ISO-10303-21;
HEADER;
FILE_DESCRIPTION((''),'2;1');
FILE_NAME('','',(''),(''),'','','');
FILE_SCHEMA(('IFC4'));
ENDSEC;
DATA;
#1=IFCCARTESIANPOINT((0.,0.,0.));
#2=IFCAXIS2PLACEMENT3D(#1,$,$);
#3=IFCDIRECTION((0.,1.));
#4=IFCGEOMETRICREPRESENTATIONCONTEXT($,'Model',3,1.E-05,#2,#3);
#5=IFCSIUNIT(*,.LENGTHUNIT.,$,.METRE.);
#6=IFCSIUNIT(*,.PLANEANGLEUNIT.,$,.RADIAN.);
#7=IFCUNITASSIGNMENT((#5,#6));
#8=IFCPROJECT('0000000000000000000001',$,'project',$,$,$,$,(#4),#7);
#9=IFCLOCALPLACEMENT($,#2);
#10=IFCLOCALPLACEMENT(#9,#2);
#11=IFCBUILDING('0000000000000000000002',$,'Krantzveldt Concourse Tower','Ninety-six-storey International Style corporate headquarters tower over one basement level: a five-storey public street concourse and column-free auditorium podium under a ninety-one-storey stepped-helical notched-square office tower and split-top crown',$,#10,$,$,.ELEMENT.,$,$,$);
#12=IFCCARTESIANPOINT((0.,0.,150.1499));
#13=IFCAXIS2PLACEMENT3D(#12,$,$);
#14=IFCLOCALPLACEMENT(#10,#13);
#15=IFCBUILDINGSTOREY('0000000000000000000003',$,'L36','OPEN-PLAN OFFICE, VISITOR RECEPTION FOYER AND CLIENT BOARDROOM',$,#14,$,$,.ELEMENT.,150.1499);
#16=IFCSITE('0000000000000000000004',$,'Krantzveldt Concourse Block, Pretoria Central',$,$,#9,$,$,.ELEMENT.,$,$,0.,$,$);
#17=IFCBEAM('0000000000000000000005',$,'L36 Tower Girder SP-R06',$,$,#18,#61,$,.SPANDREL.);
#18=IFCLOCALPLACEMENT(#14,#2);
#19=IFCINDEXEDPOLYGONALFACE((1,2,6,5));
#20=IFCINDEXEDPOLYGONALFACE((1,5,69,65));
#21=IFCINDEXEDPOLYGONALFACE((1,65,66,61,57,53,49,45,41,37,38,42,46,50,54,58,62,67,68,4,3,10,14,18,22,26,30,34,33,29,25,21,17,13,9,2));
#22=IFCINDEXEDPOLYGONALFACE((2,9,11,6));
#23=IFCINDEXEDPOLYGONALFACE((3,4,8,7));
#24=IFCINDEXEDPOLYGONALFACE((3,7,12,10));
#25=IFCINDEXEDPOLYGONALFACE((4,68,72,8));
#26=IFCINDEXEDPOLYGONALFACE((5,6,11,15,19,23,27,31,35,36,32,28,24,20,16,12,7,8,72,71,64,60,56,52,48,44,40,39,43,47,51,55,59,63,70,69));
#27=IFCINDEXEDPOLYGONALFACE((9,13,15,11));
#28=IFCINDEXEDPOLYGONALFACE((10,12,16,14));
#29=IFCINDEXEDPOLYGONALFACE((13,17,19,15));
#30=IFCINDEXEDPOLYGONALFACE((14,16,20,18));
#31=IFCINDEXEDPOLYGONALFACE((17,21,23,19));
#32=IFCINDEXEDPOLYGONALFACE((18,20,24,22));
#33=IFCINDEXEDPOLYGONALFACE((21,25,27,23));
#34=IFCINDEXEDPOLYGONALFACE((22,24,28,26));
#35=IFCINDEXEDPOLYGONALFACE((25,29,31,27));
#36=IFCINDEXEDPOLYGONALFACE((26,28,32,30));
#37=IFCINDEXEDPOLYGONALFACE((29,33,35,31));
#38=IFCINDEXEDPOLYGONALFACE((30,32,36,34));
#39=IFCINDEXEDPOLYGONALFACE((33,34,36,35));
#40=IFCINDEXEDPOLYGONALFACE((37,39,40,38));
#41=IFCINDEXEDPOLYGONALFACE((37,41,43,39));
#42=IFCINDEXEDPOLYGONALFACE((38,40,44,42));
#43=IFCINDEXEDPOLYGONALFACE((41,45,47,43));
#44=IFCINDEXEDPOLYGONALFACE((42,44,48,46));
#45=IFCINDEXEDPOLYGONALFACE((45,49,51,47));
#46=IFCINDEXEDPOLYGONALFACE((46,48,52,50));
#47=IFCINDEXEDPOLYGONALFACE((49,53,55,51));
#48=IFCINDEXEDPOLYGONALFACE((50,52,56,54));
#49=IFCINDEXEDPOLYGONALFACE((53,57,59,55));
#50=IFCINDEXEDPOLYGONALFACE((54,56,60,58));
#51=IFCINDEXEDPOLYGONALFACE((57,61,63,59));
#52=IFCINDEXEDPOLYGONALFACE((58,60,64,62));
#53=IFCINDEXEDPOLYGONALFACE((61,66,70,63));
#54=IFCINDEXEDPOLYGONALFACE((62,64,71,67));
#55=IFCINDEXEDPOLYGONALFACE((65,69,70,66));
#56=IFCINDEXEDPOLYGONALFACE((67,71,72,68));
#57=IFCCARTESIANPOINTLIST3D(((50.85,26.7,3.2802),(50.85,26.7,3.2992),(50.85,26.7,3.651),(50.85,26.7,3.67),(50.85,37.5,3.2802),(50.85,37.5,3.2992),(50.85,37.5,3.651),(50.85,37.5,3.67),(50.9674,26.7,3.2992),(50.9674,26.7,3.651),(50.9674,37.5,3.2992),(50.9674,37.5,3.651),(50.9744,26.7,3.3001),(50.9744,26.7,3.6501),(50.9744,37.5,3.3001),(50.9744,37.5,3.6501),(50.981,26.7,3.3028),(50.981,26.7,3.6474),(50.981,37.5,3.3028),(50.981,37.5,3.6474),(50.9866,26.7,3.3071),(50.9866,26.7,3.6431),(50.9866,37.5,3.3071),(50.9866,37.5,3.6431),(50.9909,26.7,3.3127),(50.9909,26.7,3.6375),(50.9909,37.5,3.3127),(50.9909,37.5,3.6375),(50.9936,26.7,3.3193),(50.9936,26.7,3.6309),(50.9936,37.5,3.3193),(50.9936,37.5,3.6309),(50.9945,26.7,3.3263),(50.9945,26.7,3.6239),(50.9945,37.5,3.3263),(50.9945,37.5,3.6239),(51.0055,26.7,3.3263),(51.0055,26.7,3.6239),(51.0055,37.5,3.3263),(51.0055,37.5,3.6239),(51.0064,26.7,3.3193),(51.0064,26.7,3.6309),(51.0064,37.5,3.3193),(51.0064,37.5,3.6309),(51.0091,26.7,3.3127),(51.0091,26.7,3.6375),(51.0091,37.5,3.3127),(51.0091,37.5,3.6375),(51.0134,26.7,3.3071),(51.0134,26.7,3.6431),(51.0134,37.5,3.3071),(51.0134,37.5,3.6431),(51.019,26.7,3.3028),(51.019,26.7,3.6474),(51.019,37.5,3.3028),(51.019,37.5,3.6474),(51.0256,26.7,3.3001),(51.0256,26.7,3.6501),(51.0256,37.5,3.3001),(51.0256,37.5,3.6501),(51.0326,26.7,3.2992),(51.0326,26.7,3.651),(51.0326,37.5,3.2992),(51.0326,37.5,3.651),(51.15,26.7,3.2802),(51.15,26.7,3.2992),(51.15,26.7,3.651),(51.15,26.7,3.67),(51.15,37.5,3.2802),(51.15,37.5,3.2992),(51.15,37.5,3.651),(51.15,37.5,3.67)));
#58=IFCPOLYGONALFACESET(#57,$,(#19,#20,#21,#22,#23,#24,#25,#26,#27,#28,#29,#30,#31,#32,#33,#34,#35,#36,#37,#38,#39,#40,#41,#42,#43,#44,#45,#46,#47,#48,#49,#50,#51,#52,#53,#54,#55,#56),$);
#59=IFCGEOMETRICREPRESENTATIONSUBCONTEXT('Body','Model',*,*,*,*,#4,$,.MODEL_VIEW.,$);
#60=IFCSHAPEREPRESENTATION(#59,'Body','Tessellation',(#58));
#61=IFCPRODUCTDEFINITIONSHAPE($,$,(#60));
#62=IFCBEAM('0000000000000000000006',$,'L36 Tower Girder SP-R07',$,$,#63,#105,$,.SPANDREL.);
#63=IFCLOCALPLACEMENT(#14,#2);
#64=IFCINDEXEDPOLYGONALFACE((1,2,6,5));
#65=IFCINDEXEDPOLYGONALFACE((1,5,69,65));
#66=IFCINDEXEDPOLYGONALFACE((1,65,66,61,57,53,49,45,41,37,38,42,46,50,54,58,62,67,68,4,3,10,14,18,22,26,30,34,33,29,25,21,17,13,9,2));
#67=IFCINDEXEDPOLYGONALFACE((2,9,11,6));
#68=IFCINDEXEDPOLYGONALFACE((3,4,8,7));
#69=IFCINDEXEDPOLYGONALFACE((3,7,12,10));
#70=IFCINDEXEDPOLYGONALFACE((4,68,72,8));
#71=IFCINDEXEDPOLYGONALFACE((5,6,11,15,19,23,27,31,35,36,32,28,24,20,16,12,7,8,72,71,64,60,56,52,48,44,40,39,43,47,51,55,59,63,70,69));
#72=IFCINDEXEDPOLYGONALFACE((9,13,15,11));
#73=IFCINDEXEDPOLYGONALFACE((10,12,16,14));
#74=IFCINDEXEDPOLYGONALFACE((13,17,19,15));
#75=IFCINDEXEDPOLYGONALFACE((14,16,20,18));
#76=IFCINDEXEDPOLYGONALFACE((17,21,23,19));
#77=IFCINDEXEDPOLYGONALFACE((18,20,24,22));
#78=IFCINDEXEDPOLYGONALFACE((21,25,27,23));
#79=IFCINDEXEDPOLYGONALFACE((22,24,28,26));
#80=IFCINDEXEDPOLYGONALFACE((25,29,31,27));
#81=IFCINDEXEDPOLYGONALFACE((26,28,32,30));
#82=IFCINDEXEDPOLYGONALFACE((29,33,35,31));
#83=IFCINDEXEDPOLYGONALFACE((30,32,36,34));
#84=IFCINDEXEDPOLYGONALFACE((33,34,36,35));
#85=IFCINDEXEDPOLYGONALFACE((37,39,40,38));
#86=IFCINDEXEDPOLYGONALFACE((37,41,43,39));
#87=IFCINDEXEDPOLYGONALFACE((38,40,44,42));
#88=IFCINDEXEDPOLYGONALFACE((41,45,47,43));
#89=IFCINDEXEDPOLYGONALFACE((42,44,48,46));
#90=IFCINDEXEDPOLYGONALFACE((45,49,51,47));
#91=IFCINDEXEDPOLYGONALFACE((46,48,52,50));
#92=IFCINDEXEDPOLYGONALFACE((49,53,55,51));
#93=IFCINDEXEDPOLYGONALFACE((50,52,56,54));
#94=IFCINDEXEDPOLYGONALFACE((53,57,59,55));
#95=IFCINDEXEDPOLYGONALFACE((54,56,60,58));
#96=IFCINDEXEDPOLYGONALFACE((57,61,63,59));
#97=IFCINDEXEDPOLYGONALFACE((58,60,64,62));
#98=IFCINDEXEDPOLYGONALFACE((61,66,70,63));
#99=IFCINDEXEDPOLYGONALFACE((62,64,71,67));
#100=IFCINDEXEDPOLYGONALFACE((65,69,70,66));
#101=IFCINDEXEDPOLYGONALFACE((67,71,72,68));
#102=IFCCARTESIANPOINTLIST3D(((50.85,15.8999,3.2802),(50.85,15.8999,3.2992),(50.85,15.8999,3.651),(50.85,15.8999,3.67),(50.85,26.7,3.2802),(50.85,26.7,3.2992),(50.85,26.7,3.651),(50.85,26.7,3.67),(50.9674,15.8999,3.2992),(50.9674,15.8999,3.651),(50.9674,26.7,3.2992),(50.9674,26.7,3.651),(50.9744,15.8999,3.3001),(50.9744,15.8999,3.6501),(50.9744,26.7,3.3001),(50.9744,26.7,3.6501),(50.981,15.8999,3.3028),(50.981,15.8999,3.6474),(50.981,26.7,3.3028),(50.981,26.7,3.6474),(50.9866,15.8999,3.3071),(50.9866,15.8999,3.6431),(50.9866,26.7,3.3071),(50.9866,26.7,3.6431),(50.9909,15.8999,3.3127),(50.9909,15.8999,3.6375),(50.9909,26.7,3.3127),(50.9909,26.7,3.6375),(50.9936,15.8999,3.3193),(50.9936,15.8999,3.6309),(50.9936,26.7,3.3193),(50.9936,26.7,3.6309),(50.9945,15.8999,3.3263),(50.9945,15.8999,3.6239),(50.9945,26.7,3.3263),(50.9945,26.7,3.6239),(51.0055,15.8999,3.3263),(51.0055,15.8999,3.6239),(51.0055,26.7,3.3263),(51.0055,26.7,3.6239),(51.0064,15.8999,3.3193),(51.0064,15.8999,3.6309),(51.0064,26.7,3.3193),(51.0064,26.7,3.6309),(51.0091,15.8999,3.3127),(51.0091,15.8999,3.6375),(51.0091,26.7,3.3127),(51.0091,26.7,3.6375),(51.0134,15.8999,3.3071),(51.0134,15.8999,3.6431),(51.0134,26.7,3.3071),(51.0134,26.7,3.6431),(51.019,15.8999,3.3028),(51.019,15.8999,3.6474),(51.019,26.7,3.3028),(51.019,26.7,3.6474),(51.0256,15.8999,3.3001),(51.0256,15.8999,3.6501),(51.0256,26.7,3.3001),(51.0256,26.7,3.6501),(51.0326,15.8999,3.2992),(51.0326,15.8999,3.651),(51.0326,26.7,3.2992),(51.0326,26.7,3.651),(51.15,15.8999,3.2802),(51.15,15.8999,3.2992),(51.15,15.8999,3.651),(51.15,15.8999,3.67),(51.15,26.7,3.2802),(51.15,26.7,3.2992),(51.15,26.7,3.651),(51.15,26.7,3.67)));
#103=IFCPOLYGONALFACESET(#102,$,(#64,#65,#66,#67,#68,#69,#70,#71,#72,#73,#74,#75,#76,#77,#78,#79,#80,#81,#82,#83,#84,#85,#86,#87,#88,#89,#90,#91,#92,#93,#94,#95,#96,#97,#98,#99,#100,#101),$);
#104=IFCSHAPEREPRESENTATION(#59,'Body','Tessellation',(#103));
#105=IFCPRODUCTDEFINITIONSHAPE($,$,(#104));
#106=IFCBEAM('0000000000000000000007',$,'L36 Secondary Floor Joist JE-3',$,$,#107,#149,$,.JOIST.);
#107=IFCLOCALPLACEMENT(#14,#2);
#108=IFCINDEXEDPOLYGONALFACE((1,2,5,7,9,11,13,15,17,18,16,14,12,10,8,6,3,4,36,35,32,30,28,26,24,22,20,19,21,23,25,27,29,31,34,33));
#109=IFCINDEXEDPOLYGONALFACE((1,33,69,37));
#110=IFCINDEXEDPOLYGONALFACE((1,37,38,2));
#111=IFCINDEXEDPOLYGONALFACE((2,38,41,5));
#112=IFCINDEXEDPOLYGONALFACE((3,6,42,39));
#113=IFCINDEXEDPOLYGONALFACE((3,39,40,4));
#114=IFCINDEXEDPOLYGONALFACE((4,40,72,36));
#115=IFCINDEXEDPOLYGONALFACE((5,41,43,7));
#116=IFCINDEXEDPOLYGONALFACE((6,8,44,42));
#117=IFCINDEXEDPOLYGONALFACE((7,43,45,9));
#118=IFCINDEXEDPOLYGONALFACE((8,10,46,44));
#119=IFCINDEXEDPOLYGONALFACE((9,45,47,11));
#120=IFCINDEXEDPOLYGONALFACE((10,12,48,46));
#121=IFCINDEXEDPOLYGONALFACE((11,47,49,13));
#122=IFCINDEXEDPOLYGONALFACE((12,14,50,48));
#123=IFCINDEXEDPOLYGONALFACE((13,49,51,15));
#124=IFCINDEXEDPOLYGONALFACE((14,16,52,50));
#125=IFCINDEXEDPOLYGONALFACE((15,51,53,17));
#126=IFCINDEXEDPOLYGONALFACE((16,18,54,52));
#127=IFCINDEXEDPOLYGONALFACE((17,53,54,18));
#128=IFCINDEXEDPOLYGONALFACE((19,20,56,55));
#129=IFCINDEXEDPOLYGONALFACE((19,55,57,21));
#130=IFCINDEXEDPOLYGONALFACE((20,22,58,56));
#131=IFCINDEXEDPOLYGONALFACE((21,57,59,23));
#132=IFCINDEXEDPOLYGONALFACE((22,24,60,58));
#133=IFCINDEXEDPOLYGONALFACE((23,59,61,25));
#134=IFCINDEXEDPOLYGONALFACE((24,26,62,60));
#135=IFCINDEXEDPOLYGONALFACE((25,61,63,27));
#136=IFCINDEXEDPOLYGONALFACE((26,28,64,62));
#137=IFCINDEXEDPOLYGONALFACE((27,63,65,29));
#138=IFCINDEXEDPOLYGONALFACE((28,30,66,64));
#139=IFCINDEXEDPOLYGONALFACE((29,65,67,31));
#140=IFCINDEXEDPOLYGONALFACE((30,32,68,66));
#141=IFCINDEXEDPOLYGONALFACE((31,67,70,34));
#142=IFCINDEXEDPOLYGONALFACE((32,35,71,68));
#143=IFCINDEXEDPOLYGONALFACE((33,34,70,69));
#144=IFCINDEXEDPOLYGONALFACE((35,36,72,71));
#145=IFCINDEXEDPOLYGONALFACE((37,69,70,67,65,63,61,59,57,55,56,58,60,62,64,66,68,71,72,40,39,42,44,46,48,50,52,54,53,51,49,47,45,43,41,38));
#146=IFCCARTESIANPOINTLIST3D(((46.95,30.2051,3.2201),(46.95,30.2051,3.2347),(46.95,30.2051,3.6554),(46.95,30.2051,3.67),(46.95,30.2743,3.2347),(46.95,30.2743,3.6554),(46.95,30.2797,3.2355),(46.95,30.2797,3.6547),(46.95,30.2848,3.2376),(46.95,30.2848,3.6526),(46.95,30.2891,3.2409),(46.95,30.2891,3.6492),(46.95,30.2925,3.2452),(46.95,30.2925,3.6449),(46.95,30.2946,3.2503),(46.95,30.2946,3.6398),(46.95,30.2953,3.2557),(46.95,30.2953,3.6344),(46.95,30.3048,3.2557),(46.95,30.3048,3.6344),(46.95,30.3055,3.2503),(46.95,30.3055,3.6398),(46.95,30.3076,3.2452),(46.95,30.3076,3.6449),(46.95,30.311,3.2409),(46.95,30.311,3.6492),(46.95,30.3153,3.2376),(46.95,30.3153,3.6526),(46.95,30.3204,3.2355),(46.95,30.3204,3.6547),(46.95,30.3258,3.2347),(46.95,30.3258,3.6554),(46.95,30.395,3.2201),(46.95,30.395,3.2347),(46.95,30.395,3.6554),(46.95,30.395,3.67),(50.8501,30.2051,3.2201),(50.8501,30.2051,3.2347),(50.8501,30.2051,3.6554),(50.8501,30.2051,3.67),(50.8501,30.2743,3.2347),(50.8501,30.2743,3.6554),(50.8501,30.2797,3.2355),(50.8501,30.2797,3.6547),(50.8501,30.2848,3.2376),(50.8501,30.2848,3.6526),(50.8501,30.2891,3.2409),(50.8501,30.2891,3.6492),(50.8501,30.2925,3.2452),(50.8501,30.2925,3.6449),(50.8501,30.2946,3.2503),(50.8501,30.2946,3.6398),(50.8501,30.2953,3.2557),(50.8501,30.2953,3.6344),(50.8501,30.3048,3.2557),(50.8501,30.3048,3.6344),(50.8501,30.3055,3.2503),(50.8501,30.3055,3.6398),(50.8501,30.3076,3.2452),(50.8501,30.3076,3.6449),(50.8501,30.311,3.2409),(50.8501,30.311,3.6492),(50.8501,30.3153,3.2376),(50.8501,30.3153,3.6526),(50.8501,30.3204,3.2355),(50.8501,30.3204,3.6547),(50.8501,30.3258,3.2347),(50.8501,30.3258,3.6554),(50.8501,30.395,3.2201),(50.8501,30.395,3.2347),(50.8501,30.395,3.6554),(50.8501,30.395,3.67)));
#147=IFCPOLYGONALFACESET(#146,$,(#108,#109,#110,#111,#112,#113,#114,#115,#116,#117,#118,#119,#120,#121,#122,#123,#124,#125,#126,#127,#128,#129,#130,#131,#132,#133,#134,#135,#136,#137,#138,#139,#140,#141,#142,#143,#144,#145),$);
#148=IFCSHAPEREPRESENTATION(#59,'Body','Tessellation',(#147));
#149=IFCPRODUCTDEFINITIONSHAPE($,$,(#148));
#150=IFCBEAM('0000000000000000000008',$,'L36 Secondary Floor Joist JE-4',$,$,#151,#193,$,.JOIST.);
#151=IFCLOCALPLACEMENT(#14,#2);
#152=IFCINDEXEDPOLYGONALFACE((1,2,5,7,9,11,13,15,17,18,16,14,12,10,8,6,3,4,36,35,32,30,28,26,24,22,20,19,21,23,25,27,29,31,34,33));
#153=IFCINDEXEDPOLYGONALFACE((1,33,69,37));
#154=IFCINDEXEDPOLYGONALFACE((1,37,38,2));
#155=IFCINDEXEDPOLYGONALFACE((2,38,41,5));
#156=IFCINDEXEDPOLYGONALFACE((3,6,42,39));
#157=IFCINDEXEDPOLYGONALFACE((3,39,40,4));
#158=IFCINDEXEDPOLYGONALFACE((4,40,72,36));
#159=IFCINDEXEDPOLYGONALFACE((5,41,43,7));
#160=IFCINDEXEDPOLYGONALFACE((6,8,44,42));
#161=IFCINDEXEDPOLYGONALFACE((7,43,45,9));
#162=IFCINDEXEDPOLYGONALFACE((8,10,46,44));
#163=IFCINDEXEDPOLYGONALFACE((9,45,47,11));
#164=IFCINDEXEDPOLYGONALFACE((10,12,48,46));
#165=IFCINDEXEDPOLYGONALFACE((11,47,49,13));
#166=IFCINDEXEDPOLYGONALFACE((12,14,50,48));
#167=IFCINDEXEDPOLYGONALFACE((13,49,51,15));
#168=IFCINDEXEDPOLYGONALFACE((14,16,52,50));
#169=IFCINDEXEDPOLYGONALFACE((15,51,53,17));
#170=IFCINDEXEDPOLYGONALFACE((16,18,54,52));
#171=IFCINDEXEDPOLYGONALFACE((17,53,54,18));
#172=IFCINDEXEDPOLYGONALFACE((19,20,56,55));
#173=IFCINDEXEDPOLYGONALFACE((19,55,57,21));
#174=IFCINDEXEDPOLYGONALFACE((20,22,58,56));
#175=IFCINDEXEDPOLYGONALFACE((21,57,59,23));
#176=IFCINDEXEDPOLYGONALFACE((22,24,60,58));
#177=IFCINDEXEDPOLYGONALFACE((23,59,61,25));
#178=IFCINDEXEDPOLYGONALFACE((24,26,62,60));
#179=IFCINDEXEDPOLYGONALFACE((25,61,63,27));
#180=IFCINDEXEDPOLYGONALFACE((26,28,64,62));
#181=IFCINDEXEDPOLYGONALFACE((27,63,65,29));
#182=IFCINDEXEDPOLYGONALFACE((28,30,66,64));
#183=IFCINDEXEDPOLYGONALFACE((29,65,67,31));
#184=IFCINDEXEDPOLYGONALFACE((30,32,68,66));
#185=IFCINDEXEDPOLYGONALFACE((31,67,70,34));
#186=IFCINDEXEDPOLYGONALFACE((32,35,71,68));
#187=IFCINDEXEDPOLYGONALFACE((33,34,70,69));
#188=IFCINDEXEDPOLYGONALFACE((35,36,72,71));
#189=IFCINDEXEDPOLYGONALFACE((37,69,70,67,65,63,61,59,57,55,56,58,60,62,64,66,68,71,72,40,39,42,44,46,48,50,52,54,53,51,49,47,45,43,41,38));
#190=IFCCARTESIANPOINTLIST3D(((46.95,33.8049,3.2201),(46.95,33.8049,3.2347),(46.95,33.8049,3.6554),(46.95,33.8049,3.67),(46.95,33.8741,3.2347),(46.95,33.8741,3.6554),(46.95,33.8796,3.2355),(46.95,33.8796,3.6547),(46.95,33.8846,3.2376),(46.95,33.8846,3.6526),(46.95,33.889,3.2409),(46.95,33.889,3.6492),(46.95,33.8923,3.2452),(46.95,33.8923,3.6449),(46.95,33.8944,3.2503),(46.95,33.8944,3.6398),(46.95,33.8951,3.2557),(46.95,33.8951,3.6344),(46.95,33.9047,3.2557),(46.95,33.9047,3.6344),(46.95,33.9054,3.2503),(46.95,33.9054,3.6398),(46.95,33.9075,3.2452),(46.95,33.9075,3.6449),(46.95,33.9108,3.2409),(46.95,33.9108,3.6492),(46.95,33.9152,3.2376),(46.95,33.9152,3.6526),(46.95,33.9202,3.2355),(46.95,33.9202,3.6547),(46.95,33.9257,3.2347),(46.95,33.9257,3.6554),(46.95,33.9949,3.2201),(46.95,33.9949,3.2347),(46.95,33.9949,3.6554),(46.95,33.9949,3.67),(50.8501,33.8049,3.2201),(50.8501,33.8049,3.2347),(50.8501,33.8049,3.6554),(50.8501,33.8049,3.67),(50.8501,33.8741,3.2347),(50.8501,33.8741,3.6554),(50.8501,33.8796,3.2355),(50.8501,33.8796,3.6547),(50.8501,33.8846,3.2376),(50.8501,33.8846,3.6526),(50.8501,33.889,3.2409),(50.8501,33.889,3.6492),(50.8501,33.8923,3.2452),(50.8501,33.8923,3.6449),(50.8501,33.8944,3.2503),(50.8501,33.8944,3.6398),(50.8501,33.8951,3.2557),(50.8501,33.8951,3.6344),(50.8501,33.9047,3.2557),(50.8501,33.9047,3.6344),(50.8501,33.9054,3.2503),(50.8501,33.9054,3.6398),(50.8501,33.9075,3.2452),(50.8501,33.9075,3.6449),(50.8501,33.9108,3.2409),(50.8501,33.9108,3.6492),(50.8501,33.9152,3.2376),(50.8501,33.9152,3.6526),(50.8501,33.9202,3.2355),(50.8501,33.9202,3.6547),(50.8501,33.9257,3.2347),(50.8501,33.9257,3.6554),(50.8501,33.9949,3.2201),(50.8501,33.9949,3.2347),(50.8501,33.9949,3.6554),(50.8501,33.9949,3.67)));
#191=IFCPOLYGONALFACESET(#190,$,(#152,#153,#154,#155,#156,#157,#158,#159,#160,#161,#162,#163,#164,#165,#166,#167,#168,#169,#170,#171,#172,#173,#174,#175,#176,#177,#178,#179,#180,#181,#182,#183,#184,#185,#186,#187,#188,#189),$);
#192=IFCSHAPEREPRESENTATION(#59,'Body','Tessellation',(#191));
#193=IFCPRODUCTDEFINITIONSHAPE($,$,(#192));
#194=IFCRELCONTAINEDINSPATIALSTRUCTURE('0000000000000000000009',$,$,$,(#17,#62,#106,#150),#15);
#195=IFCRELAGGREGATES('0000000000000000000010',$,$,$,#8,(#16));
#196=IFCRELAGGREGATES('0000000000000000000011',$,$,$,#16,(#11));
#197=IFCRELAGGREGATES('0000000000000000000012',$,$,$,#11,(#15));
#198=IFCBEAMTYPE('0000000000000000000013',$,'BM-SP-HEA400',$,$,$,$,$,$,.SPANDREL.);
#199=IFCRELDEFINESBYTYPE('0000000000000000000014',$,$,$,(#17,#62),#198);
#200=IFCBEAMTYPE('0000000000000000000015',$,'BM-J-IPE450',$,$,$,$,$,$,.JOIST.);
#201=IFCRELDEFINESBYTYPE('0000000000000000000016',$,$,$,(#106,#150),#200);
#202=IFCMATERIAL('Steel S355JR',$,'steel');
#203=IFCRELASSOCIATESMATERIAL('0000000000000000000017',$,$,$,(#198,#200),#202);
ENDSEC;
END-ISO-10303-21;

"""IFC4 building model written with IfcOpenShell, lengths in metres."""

from ifc_helpers import new_model, si_unit, direction, frame, origin, origin_2d, place, context, subcontext, project, spatial, i_section, extrude, source, transform, mapped, material, material_profile, profile_set, type_object, type_shapes, element, save


model = new_model("IFC4")

# Units and contexts
model_context = context("Model", 3, precision=1e-05, world=origin(), true_north=direction((0.0, 1.0)))
body_context = subcontext(model_context, "Body", "Model", "MODEL_VIEW")
ifc_project = project(units=[si_unit("LENGTHUNIT", "METRE"), si_unit("PLANEANGLEUNIT", "RADIAN")], contexts=[model_context])

# Site, building, storey
site_placement = place(None, origin())
site = spatial("IfcSite", under=ifc_project, at=site_placement, Name="Krantzveldt Concourse Block, Pretoria Central", CompositionType="ELEMENT", RefElevation=0.0)
building_placement = place(site_placement, origin())
building = spatial("IfcBuilding", under=site, at=building_placement, Name="Krantzveldt Concourse Tower", Description="Ninety-six-storey International Style corporate headquarters tower over one basement level: a five-storey public street concourse and column-free auditorium podium under a ninety-one-storey stepped-helical notched-square office tower and split-top crown", CompositionType="ELEMENT")
storey_placement = place(building_placement, frame((0.0, 0.0, 150.1499)))
storey = spatial("IfcBuildingStorey", under=building, at=storey_placement, Name="L36", Description="OPEN-PLAN OFFICE, VISITOR RECEPTION FOYER AND CLIENT BOARDROOM", CompositionType="ELEMENT", Elevation=150.1499)

# Beams
ifc_material_1 = material(Name="Steel S355JR", Category="steel")
ifc_material_profile_1 = material_profile(ifc_material_1, i_section(OverallWidth=0.3, OverallDepth=0.3899, WebThickness=0.011, FlangeThickness=0.019, FilletRadius=0.0271, at=origin_2d()), Name="Steel S355JR", Category="steel")
ifc_profile_set_1 = profile_set([ifc_material_profile_1], Name="Steel S355JR - HEA 400")
beam_type_1 = type_object("IfcBeamType", Name="BM-SP-HEA400", PredefinedType="SPANDREL", material=ifc_profile_set_1)
shared_shape_1 = source(origin(), body_context, "Body", "SweptSolid", [
    extrude(i_section(OverallWidth=0.3, OverallDepth=0.3899, WebThickness=0.011, FlangeThickness=0.019, FilletRadius=0.0271, at=origin_2d()), origin(), (0.0, 0.0, 1.0), 10.8),
])
type_shapes(beam_type_1, [shared_shape_1])
for number, where, z_axis, x_axis, name in (
    (1, (51.0, 37.5, 3.4751), (0.0, -1.0, 0.0), (1.0, 0.0, 0.0), "L36 Tower Girder SP-R06"),
    (2, (51.0, 26.7, 3.4751), (0.0, -1.0, 0.0), (1.0, 0.0, 0.0), "L36 Tower Girder SP-R07"),
):
    element("IfcBeam", number, at=place(storey_placement, frame(where, z_axis=z_axis, x_axis=x_axis)), inside=storey, type_object=beam_type_1, Name=name, PredefinedType="SPANDREL", context=body_context, shape_type="MappedRepresentation", body=[
        mapped(shared_shape_1, transform((0.0, 0.0, 0.0), x_axis=(1.0, 0.0, 0.0), y_axis=(0.0, 1.0, 0.0), z_axis=(0.0, 0.0, 1.0), scale=1.0)),
    ])
ifc_material_profile_2 = material_profile(ifc_material_1, i_section(OverallWidth=0.1899, OverallDepth=0.45, WebThickness=0.0095, FlangeThickness=0.0146, FilletRadius=0.021, at=origin_2d()), Name="Steel S355JR", Category="steel")
ifc_profile_set_2 = profile_set([ifc_material_profile_2], Name="Steel S355JR - IPE 450")
beam_type_2 = type_object("IfcBeamType", Name="BM-J-IPE450", PredefinedType="JOIST", material=ifc_profile_set_2)
shared_shape_2 = source(origin(), body_context, "Body", "SweptSolid", [
    extrude(i_section(OverallWidth=0.1899, OverallDepth=0.45, WebThickness=0.0095, FlangeThickness=0.0146, FilletRadius=0.021, at=origin_2d()), origin(), (0.0, 0.0, 1.0), 3.9001),
])
type_shapes(beam_type_2, [shared_shape_2])
for number, where, z_axis, x_axis, name in (
    (3, (46.95, 30.3, 3.4451), (1.0, 0.0, 0.0), (0.0, 1.0, 0.0), "L36 Secondary Floor Joist JE-3"),
    (4, (46.95, 33.8999, 3.4451), (1.0, 0.0, 0.0), (0.0, 1.0, 0.0), "L36 Secondary Floor Joist JE-4"),
):
    element("IfcBeam", number, at=place(storey_placement, frame(where, z_axis=z_axis, x_axis=x_axis)), inside=storey, type_object=beam_type_2, Name=name, PredefinedType="JOIST", context=body_context, shape_type="MappedRepresentation", body=[
        mapped(shared_shape_2, transform((0.0, 0.0, 0.0), x_axis=(1.0, 0.0, 0.0), y_axis=(0.0, 1.0, 0.0), z_axis=(0.0, 0.0, 1.0), scale=1.0)),
    ])

save(model, "model.ifc")
